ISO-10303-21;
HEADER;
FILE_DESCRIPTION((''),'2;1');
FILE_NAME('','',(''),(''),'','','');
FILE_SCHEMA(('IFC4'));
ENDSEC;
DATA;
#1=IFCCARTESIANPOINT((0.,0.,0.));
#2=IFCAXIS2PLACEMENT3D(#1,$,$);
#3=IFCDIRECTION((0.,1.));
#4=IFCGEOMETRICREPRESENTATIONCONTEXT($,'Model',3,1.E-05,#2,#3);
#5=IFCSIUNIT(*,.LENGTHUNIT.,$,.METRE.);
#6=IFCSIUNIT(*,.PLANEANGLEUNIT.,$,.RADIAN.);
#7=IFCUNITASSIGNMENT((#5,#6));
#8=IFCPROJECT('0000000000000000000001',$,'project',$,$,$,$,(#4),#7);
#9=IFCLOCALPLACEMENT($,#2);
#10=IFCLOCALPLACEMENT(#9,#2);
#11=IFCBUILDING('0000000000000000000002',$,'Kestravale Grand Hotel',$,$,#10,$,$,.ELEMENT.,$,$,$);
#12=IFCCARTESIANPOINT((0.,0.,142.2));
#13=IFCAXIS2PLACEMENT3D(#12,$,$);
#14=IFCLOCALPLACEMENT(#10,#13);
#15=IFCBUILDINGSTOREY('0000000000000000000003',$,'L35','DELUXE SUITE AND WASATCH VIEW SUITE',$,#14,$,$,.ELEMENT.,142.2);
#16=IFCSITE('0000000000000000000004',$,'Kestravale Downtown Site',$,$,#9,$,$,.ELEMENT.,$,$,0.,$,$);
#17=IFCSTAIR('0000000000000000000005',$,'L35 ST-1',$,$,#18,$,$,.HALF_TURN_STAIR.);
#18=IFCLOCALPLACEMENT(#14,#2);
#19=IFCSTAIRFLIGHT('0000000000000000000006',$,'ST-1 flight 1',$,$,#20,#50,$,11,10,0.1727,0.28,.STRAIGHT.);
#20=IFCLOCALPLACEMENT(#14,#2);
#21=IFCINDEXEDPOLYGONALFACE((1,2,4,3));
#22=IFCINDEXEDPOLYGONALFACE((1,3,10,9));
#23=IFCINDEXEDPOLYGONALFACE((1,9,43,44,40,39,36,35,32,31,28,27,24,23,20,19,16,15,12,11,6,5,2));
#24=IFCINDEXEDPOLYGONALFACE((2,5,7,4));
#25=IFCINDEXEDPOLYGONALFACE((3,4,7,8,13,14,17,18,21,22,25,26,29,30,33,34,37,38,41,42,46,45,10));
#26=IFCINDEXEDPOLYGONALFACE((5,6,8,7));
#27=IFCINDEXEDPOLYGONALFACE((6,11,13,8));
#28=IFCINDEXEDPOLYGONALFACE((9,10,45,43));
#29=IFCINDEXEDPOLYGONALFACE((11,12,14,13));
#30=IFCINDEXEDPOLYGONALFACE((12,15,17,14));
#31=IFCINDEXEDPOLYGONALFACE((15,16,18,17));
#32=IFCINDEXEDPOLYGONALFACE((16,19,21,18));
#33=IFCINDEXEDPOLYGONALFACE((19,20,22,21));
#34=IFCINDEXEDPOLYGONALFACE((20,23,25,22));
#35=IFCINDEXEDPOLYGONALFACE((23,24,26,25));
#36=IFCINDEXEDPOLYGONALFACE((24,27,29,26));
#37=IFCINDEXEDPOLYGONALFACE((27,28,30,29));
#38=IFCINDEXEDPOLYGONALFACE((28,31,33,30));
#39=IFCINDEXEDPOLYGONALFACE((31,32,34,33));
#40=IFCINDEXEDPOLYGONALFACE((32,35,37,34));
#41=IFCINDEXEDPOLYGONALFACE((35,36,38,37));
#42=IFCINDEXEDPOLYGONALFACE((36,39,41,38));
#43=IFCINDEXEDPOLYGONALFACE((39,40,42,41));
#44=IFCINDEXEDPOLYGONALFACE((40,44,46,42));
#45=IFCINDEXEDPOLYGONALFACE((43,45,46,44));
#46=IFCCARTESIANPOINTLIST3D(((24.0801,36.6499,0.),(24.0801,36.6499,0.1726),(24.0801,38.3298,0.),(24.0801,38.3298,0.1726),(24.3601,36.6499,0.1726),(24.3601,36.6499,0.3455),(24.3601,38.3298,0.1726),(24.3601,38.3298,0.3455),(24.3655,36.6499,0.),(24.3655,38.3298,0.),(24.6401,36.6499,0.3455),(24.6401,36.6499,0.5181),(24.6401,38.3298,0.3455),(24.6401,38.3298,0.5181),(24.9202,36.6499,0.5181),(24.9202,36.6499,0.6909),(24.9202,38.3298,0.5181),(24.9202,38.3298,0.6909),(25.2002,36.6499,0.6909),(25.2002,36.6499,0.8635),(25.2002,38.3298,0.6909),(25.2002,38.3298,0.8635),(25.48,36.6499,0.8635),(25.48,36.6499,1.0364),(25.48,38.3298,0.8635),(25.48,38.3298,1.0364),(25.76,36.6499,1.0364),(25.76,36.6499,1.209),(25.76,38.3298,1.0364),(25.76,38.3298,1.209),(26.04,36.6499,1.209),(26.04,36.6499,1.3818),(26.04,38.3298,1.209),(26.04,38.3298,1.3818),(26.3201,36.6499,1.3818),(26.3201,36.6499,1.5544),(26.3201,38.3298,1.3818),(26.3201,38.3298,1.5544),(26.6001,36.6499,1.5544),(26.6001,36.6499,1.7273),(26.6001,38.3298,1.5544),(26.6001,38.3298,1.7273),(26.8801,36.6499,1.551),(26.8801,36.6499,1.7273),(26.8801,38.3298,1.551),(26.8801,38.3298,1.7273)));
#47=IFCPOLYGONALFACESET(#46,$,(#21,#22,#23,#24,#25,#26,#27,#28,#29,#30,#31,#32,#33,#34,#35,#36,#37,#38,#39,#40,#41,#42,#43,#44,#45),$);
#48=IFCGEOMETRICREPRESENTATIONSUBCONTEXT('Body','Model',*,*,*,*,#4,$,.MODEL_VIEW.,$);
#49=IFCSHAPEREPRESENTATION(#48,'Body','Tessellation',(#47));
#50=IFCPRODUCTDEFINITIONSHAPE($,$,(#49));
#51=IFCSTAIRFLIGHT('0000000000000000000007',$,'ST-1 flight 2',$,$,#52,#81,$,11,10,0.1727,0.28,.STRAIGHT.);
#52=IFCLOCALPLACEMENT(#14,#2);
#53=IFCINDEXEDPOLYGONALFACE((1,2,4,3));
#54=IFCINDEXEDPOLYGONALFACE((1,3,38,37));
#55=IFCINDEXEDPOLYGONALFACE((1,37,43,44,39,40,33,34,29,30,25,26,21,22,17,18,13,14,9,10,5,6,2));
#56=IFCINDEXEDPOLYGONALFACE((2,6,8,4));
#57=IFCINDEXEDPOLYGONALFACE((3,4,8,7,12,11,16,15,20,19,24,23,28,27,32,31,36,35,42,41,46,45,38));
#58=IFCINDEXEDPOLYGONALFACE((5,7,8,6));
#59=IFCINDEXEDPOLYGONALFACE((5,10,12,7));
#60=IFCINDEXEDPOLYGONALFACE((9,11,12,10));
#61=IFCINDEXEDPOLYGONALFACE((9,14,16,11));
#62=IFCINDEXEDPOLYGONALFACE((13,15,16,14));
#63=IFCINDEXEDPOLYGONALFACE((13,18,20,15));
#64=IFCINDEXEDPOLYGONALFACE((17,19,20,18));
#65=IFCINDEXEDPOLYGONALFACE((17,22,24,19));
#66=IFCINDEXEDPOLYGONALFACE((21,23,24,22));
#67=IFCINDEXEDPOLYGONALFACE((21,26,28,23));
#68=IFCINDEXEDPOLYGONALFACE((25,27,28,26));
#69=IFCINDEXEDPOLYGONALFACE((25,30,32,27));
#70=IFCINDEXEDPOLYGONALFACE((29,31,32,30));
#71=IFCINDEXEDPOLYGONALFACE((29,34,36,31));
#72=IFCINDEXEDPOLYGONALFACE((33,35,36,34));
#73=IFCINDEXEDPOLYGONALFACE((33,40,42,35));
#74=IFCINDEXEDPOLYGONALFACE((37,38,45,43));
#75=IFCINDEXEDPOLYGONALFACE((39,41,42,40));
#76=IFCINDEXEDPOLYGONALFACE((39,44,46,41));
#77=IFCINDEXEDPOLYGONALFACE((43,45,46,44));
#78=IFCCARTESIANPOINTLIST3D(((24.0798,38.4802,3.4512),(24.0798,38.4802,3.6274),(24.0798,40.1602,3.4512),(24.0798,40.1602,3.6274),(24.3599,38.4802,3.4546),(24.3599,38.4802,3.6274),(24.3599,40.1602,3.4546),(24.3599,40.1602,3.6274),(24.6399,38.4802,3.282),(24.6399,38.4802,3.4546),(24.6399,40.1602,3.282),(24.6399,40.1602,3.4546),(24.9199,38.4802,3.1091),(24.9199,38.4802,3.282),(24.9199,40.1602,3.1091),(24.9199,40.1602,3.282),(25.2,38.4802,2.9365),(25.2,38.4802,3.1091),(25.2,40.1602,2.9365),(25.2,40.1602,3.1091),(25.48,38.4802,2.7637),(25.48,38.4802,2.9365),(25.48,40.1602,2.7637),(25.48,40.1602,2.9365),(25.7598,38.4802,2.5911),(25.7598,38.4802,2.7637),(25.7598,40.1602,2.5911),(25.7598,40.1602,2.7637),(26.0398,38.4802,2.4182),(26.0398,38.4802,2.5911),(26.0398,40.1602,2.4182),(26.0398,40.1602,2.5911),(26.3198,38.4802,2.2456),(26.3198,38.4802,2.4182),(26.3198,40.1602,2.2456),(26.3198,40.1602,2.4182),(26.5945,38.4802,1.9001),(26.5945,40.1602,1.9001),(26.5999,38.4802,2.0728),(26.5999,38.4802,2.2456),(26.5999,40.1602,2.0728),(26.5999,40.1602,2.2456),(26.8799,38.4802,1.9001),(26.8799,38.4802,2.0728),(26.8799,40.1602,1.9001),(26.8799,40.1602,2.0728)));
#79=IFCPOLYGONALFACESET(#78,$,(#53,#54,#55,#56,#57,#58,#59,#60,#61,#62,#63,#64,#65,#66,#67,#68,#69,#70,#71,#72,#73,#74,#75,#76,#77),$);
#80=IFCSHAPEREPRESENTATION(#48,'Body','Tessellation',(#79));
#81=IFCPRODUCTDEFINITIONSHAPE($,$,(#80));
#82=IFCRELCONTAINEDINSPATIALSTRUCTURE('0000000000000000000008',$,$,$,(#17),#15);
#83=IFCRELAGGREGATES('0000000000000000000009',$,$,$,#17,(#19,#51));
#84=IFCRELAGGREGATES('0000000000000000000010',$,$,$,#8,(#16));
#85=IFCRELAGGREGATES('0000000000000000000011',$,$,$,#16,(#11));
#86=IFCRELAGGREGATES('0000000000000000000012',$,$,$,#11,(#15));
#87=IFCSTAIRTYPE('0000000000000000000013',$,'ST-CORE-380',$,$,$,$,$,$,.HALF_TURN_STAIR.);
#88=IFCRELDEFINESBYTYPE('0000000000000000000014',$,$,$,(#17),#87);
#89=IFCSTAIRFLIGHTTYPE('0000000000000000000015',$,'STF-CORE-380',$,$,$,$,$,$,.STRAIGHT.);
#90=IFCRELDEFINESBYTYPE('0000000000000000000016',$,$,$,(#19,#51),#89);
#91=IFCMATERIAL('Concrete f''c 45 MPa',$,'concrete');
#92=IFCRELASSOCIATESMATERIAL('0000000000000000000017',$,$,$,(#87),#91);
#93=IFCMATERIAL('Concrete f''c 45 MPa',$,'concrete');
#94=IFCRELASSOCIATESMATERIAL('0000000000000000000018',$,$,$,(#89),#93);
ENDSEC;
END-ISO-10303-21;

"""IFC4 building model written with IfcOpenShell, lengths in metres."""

from ifc_helpers import new_model, si_unit, direction, frame, origin, place, context, subcontext, project, spatial, polyline, outline, extrude, material, type_object, element, aggregate, save


model = new_model("IFC4")

# Units and contexts
model_context = context("Model", 3, precision=1e-05, world=origin(), true_north=direction((0.0, 1.0)))
body_context = subcontext(model_context, "Body", "Model", "MODEL_VIEW")
ifc_project = project(units=[si_unit("LENGTHUNIT", "METRE"), si_unit("PLANEANGLEUNIT", "RADIAN")], contexts=[model_context])

# Site, building, storey
site_placement = place(None, origin())
site = spatial("IfcSite", under=ifc_project, at=site_placement, Name="Kestravale Downtown Site", CompositionType="ELEMENT", RefElevation=0.0)
building_placement = place(site_placement, origin())
building = spatial("IfcBuilding", under=site, at=building_placement, Name="Kestravale Grand Hotel", CompositionType="ELEMENT")
storey_placement = place(building_placement, frame((0.0, 0.0, 142.2)))
storey = spatial("IfcBuildingStorey", under=building, at=storey_placement, Name="L35", Description="DELUXE SUITE AND WASATCH VIEW SUITE", CompositionType="ELEMENT", Elevation=142.2)

# Stair, stair flights
ifc_material_1 = material(Name="Concrete f'c 45 MPa", Category="concrete")
stair_type = type_object("IfcStairType", Name="ST-CORE-380", PredefinedType="HALF_TURN_STAIR", material=ifc_material_1)
stair_placement = place(storey_placement, origin())
stair = element("IfcStair", 1, at=stair_placement, inside=storey, type_object=stair_type, Name="L35 ST-1", PredefinedType="HALF_TURN_STAIR")
ifc_material_2 = material(Name="Concrete f'c 45 MPa", Category="concrete")
stair_flight_type = type_object("IfcStairFlightType", Name="STF-CORE-380", PredefinedType="STRAIGHT", material=ifc_material_2)
stair_flight_1_placement = place(storey_placement, frame((24.0801, 37.49, 0.0), z_axis=(0.0, 0.0, 1.0), x_axis=(1.0, 0.0, 0.0)))
stair_flight_1 = element("IfcStairFlight", 2, at=stair_flight_1_placement, type_object=stair_flight_type, Name="ST-1 flight 1", NumberOfRisers=11, NumberOfTreads=10, PredefinedType="STRAIGHT", RiserHeight=0.1727, TreadLength=0.28, context=body_context, shape_type="SweptSolid", body=[
    extrude(outline(polyline([(0.0, 0.0), (0.0, 0.1726), (0.28, 0.1726), (0.28, 0.3455), (0.5601, 0.3455), (0.5601, 0.5181), (0.8401, 0.5181), (0.8401, 0.6909), (1.1201, 0.6909), (1.1201, 0.8635), (1.3999, 0.8635), (1.3999, 1.0364), (1.6799, 1.0364), (1.6799, 1.209), (1.96, 1.209), (1.96, 1.3818), (2.24, 1.3818), (2.24, 1.5544), (2.52, 1.5544), (2.52, 1.7273), (2.8, 1.7273), (2.8, 1.8999), (2.8, 1.551), (0.2854, 0.0), (0.0, 0.0)])), frame((0.0, 0.8398, 0.0), z_axis=(0.0, -1.0, 0.0), x_axis=(1.0, 0.0, 0.0)), (0.0, 0.0, 1.0), 1.6799),
])
stair_flight_2_placement = place(storey_placement, frame((26.8799, 39.3201, 1.9001), z_axis=(0.0, 0.0, 1.0), x_axis=(-1.0, 0.0, 0.0)))
stair_flight_2 = element("IfcStairFlight", 3, at=stair_flight_2_placement, type_object=stair_flight_type, Name="ST-1 flight 2", NumberOfRisers=11, NumberOfTreads=10, PredefinedType="STRAIGHT", RiserHeight=0.1727, TreadLength=0.28, context=body_context, shape_type="SweptSolid", body=[
    extrude(outline(polyline([(0.0, 0.0), (0.0, 0.1726), (0.28, 0.1726), (0.28, 0.3455), (0.5601, 0.3455), (0.5601, 0.5181), (0.8401, 0.5181), (0.8401, 0.6909), (1.1201, 0.6909), (1.1201, 0.8635), (1.3999, 0.8635), (1.3999, 1.0364), (1.6799, 1.0364), (1.6799, 1.209), (1.96, 1.209), (1.96, 1.3818), (2.24, 1.3818), (2.24, 1.5544), (2.52, 1.5544), (2.52, 1.7273), (2.8, 1.7273), (2.8, 1.8999), (2.8, 1.551), (0.2854, 0.0), (0.0, 0.0)])), frame((0.0, 0.8398, 0.0), z_axis=(0.0, -1.0, 0.0), x_axis=(1.0, 0.0, 0.0)), (0.0, 0.0, 1.0), 1.6799),
])
aggregate(stair, [stair_flight_1, stair_flight_2])

save(model, "model.ifc")
